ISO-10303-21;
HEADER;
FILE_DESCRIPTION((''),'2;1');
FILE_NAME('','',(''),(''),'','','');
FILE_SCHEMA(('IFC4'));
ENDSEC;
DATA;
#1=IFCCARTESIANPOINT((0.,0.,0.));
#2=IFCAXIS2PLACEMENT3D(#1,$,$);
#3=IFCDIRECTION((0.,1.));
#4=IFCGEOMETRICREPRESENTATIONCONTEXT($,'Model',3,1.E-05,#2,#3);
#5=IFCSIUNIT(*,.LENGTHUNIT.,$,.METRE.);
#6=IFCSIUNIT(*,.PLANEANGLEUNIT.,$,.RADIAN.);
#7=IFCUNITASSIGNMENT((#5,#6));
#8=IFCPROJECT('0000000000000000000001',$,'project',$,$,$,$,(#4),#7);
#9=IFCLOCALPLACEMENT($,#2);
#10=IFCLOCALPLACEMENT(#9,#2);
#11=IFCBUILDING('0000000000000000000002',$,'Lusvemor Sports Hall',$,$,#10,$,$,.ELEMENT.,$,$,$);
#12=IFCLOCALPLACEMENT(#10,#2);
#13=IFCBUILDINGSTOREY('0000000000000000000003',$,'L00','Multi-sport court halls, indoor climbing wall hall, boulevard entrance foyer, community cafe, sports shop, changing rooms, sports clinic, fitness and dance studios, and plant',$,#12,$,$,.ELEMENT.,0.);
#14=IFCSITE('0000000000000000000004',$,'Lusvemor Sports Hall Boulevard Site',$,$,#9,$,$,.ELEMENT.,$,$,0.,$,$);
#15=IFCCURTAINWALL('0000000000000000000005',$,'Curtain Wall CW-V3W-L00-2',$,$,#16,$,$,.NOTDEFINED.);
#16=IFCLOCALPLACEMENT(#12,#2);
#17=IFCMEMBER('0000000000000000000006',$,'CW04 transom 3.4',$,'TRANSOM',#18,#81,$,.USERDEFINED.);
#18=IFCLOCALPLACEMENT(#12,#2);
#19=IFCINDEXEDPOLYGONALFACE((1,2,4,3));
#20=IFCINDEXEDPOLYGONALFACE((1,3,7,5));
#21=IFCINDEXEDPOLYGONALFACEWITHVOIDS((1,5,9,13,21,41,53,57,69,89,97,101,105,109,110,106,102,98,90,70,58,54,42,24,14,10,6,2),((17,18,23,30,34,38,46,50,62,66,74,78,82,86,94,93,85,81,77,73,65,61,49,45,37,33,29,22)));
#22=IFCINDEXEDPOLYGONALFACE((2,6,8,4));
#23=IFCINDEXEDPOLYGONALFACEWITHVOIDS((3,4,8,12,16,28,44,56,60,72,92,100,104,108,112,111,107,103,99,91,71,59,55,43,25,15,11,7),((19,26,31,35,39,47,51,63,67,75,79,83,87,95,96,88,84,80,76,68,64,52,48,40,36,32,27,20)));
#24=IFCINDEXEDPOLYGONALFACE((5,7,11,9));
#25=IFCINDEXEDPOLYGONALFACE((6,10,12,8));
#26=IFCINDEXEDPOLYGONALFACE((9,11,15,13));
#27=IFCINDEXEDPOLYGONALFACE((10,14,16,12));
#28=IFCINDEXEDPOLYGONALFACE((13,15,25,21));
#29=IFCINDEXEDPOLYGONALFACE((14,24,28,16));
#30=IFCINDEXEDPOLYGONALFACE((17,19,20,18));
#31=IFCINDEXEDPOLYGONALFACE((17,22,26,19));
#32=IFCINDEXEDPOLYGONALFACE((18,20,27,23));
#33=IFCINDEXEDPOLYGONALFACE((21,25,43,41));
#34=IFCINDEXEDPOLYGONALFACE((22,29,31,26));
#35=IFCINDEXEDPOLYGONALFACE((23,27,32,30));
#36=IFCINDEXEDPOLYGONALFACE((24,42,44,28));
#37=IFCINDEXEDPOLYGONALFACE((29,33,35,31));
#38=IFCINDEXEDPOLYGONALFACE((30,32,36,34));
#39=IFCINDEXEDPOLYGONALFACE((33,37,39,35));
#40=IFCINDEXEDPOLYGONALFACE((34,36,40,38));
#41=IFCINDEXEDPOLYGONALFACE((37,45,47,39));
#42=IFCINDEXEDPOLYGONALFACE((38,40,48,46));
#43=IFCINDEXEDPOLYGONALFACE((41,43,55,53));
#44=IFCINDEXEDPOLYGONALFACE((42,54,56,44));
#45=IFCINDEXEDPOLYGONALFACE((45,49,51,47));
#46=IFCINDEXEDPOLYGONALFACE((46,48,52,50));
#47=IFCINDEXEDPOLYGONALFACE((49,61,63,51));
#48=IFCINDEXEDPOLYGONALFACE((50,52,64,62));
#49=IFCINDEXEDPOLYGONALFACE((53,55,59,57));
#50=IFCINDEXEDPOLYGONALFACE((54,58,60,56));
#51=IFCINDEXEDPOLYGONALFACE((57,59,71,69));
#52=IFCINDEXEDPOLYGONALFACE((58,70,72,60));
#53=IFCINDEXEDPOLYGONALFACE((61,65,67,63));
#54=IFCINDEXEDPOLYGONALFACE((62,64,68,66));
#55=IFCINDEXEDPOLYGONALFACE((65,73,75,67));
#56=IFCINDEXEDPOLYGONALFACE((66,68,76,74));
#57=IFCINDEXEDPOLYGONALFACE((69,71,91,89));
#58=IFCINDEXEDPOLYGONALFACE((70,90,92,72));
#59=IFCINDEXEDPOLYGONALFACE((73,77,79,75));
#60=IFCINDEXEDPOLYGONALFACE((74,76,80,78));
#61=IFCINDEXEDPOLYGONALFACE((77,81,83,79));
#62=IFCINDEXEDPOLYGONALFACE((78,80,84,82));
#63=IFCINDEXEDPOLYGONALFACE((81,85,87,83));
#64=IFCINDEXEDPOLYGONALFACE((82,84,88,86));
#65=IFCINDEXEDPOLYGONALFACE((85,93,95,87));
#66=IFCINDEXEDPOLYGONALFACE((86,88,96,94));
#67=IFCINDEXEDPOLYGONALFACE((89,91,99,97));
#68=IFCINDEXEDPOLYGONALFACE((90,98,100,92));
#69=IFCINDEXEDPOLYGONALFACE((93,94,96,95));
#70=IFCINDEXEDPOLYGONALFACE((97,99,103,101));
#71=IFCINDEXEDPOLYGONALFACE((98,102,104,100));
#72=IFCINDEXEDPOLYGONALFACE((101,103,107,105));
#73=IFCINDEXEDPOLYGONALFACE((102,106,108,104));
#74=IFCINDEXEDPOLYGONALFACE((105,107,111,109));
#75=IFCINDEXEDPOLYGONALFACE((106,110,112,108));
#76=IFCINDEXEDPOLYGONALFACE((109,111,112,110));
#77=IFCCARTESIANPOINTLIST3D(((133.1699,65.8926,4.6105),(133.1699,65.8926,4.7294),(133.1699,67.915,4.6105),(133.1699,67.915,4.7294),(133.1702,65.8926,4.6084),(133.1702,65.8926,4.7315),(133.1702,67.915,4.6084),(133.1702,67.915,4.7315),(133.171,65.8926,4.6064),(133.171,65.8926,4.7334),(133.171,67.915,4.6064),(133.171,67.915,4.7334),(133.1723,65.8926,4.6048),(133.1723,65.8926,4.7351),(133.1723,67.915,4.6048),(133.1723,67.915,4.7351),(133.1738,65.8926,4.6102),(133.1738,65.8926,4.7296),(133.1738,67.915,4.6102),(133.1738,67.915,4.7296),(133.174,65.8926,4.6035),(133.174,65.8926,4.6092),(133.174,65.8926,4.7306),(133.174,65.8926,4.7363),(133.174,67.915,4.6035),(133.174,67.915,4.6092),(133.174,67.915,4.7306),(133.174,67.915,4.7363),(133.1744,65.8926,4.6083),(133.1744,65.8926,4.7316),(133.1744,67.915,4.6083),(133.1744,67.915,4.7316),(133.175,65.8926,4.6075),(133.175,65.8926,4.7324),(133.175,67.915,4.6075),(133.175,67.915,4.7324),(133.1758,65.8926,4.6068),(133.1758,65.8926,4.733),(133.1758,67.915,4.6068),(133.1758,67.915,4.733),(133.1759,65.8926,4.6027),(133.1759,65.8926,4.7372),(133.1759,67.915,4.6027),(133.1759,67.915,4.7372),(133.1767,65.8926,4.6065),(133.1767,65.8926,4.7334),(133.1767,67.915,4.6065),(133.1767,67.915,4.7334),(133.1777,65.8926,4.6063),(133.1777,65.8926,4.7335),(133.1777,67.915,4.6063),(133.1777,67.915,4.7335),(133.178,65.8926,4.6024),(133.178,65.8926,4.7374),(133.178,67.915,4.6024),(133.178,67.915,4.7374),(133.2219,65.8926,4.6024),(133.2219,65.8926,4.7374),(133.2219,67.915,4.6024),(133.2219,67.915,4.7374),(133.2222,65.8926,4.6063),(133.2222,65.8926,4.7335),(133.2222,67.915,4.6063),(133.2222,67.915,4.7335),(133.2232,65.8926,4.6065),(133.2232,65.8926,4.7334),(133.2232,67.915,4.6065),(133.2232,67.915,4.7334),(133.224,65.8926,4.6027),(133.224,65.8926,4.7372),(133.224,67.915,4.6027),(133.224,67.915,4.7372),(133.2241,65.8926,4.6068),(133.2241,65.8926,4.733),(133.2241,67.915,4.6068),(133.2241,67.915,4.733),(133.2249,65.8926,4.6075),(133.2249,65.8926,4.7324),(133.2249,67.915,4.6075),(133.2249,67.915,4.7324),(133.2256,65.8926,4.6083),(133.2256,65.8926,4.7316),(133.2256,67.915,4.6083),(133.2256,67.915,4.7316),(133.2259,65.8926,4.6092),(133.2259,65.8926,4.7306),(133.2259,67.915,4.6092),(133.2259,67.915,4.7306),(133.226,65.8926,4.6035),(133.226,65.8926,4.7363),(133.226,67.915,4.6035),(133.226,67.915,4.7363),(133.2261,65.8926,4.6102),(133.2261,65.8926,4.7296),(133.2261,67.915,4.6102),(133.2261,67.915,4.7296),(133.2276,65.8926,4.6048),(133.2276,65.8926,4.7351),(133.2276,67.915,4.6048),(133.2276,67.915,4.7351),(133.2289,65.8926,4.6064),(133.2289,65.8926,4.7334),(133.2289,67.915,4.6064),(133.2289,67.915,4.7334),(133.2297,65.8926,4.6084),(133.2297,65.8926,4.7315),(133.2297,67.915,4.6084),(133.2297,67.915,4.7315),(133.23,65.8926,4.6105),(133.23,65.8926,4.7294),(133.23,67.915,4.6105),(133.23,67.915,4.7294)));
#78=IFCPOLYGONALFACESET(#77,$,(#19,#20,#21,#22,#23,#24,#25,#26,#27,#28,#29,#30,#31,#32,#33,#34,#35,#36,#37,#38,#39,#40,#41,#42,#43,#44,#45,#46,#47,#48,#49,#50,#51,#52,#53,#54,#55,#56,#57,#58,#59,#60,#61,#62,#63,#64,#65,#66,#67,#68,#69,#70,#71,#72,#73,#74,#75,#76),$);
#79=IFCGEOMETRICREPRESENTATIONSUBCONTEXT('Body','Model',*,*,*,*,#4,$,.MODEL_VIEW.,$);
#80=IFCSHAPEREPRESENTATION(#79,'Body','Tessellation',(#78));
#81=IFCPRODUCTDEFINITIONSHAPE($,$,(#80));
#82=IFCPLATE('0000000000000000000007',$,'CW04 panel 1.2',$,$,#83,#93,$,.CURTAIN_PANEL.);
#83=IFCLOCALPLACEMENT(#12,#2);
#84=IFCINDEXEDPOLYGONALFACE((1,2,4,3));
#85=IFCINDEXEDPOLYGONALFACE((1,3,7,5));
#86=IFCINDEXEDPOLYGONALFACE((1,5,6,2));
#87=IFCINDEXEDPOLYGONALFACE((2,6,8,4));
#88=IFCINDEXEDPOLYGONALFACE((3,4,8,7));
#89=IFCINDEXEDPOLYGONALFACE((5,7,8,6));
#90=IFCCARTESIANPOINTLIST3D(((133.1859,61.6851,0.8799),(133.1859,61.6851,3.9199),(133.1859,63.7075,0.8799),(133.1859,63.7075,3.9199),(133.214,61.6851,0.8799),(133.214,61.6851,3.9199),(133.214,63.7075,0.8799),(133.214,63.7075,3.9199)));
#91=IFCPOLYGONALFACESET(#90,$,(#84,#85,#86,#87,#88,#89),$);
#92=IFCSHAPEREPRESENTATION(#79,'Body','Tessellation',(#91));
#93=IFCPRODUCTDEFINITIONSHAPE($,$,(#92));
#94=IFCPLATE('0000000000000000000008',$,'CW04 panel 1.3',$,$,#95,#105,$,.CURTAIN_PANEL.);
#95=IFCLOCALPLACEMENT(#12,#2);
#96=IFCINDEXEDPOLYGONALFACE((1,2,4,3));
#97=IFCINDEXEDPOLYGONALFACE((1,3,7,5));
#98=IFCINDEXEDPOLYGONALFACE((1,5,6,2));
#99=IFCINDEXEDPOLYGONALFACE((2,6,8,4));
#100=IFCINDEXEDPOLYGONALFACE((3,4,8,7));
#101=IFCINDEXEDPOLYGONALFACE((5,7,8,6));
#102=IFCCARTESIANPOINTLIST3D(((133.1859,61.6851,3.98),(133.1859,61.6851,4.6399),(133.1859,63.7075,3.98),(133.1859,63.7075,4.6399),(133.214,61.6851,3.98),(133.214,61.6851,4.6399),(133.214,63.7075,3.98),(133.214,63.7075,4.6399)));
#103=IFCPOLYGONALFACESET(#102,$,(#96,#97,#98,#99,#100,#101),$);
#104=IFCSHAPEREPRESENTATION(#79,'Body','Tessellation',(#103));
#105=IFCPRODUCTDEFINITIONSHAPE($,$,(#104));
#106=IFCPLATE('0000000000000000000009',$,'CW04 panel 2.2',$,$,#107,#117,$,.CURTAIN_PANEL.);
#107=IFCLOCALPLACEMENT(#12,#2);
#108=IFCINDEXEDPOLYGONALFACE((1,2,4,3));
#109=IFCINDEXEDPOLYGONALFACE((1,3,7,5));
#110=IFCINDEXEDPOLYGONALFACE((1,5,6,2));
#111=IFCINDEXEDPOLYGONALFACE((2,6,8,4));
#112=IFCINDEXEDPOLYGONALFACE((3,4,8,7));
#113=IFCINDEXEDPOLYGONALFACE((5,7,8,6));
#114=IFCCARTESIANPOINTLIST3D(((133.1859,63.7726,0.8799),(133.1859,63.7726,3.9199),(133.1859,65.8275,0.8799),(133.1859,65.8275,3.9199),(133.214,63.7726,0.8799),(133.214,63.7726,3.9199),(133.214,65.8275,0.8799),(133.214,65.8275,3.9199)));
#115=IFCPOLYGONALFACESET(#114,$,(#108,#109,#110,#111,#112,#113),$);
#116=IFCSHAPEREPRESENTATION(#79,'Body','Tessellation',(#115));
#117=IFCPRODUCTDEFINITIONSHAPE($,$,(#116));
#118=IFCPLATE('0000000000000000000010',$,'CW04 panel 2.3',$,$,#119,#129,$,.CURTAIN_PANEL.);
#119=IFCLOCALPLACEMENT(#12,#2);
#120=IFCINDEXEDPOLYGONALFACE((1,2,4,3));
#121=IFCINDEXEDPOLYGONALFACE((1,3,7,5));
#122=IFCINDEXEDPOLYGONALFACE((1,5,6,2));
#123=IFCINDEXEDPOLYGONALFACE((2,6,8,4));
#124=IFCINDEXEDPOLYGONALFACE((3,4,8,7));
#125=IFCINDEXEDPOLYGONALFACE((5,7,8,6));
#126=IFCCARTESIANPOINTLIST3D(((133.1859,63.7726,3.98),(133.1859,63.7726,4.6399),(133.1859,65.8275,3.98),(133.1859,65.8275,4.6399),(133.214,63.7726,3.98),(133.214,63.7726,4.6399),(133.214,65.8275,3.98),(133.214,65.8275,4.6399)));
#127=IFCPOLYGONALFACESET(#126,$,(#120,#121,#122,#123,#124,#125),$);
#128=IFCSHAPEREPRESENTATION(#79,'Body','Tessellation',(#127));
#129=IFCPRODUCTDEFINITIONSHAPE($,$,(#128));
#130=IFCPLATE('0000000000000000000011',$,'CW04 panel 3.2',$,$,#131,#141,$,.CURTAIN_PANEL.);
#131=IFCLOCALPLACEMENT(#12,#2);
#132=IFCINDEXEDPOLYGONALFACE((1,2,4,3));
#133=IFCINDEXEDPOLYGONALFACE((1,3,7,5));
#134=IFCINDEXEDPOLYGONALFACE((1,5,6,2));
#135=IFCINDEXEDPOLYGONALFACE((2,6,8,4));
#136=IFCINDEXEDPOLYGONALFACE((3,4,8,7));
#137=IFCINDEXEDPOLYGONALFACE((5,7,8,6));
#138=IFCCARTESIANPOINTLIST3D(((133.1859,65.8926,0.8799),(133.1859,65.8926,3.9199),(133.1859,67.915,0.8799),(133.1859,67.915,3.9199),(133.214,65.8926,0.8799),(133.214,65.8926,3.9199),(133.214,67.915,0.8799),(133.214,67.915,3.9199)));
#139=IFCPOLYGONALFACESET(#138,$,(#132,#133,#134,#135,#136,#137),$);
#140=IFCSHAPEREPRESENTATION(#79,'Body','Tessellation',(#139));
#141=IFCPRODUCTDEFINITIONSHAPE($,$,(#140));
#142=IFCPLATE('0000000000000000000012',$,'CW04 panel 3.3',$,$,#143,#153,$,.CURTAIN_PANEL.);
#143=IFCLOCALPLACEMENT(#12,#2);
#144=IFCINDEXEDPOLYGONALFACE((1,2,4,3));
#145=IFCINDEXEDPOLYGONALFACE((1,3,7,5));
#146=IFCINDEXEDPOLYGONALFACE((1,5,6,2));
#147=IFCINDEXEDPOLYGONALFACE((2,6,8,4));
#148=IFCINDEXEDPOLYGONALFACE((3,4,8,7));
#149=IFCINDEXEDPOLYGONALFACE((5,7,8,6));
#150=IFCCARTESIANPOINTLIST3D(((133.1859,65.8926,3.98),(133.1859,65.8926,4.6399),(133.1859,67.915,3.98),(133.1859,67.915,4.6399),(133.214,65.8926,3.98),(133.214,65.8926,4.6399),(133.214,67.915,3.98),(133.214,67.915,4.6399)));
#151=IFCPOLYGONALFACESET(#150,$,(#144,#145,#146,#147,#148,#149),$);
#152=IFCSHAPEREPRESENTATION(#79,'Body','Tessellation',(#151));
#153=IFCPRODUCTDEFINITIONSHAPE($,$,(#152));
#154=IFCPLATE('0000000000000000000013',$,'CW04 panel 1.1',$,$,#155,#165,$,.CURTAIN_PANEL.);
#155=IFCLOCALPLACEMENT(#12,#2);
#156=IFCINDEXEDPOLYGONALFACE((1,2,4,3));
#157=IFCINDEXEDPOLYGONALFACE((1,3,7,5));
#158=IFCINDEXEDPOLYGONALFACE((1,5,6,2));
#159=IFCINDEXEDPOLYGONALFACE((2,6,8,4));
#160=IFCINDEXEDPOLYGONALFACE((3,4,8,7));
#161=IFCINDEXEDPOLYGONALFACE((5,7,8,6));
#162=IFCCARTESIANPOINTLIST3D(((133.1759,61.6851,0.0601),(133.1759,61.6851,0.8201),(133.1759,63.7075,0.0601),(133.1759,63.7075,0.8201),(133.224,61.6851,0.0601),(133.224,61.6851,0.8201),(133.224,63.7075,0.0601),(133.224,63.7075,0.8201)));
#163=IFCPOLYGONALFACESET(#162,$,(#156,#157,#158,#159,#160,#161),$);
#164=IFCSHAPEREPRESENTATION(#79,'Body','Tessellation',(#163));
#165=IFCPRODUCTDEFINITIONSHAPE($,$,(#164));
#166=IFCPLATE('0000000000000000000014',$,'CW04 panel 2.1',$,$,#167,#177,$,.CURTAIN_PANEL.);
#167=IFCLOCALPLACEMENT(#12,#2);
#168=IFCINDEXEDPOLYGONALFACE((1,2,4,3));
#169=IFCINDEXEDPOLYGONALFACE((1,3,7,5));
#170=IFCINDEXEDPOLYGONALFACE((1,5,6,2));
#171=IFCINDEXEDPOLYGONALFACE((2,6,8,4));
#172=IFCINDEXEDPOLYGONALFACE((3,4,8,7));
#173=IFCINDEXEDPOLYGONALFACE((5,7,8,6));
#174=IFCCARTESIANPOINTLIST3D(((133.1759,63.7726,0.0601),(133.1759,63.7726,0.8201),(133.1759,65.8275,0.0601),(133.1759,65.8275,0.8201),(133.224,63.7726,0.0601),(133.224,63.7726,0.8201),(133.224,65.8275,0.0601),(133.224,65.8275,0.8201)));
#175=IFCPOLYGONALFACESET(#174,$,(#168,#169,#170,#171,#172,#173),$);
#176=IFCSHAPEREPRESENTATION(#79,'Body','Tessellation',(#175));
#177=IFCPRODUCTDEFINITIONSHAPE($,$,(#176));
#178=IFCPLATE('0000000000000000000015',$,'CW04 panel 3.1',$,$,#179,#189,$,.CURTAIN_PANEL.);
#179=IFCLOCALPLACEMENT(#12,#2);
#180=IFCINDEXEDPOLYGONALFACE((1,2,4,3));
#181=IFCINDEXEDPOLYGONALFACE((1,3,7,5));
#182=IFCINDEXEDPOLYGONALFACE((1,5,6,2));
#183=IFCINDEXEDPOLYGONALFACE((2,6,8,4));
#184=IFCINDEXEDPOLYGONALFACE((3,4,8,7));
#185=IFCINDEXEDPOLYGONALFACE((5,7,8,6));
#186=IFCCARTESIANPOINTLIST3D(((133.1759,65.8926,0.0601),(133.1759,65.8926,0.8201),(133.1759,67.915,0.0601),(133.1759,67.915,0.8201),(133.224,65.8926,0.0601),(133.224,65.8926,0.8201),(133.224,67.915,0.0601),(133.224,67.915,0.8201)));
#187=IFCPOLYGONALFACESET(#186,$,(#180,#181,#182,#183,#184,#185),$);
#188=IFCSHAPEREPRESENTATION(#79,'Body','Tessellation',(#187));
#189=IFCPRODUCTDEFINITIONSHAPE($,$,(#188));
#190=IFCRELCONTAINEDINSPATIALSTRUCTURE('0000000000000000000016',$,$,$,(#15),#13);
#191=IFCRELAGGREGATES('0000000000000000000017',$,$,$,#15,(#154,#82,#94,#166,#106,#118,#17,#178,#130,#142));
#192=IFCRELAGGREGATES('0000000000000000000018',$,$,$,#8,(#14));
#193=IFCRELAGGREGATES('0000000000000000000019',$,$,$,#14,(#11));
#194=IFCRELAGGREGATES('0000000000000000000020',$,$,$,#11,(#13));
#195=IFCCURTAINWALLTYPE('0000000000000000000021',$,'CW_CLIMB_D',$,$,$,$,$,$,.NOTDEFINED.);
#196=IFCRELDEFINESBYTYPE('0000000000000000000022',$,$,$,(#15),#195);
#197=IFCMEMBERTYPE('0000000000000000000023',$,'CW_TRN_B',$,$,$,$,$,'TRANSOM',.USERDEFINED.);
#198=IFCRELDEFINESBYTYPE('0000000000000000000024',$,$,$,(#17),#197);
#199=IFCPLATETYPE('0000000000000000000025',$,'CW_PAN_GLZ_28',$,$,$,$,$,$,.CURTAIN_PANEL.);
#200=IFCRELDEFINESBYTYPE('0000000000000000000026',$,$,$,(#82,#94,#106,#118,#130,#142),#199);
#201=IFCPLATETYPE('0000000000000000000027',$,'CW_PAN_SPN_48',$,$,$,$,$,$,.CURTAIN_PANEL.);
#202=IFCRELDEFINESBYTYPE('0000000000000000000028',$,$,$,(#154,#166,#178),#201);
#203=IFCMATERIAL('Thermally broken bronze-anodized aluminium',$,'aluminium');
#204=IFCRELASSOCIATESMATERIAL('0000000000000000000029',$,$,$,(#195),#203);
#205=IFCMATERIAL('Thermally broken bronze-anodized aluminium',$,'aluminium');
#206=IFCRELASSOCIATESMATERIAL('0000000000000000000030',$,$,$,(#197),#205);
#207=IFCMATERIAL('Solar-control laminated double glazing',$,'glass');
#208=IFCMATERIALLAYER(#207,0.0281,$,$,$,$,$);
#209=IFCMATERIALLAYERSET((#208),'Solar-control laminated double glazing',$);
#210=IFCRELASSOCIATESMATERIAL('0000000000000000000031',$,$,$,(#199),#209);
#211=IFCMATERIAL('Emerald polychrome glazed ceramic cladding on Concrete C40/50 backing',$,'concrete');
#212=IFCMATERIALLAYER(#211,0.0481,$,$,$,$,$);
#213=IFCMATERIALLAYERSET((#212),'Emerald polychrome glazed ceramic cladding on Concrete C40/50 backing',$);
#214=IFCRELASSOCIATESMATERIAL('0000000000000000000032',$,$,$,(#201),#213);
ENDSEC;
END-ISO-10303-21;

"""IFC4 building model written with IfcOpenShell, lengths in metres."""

from ifc_helpers import new_model, si_unit, direction, frame, origin, origin_2d, place, context, subcontext, project, spatial, rectangle, hollow_rectangle, extrude, material, layer, layer_set, material_profile, profile_set, type_object, element, aggregate, save


model = new_model("IFC4")

# Units and contexts
model_context = context("Model", 3, precision=1e-05, world=origin(), true_north=direction((0.0, 1.0)))
body_context = subcontext(model_context, "Body", "Model", "MODEL_VIEW")
ifc_project = project(units=[si_unit("LENGTHUNIT", "METRE"), si_unit("PLANEANGLEUNIT", "RADIAN")], contexts=[model_context])

# Site, building, storey
site_placement = place(None, origin())
site = spatial("IfcSite", under=ifc_project, at=site_placement, Name="Lusvemor Sports Hall Boulevard Site", CompositionType="ELEMENT", RefElevation=0.0)
building_placement = place(site_placement, origin())
building = spatial("IfcBuilding", under=site, at=building_placement, Name="Lusvemor Sports Hall", CompositionType="ELEMENT")
storey_placement = place(building_placement, origin())
storey = spatial("IfcBuildingStorey", under=building, at=storey_placement, Name="L00", Description="Multi-sport court halls, indoor climbing wall hall, boulevard entrance foyer, community cafe, sports shop, changing rooms, sports clinic, fitness and dance studios, and plant", CompositionType="ELEMENT", Elevation=0.0)

# Curtain wall, member, plates
ifc_material_1 = material(Name="Thermally broken bronze-anodized aluminium", Category="aluminium")
curtain_wall_type = type_object("IfcCurtainWallType", Name="CW_CLIMB_D", PredefinedType="NOTDEFINED", material=ifc_material_1)
curtain_wall_placement = place(storey_placement, origin())
curtain_wall = element("IfcCurtainWall", 1, at=curtain_wall_placement, inside=storey, type_object=curtain_wall_type, Name="Curtain Wall CW-V3W-L00-2", PredefinedType="NOTDEFINED")
ifc_material_2 = material(Name="Thermally broken bronze-anodized aluminium", Category="aluminium")
ifc_material_profile_1 = material_profile(ifc_material_2, hollow_rectangle(XDim=0.0601, YDim=0.135, WallThickness=0.0039, InnerFilletRadius=0.0039, OuterFilletRadius=0.0081, at=origin_2d()), Name="CWTRN135x60x4")
ifc_profile_set_1 = profile_set([ifc_material_profile_1], Name="Thermally broken bronze-anodized aluminium")
member_type_1 = type_object("IfcMemberType", Name="CW_TRN_B", ElementType="TRANSOM", PredefinedType="USERDEFINED", material=ifc_profile_set_1)
member_1_placement = place(storey_placement, frame((133.2, 65.8926, 4.6699), z_axis=(0.0, 1.0, 0.0), x_axis=(-1.0, 0.0, 0.0)))
member_1 = element("IfcMember", 2, at=member_1_placement, type_object=member_type_1, Name="CW04 transom 3.4", ObjectType="TRANSOM", PredefinedType="USERDEFINED", context=body_context, shape_type="SweptSolid", body=[
    extrude(hollow_rectangle(XDim=0.0601, YDim=0.135, WallThickness=0.0039, InnerFilletRadius=0.0039, OuterFilletRadius=0.0081, at=origin_2d()), origin(), (0.0, 0.0, 1.0), 2.0225),
])
ifc_material_3 = material(Name="Solar-control laminated double glazing", Category="glass")
ifc_layer_1 = layer(ifc_material_3, 0.0281)
ifc_layer_set_1 = layer_set([ifc_layer_1], Name="Solar-control laminated double glazing")
plate_type_1 = type_object("IfcPlateType", Name="CW_PAN_GLZ_28", PredefinedType="CURTAIN_PANEL", material=ifc_layer_set_1)
plate_1_placement = place(storey_placement, frame((133.2, 62.6963, 0.8799), z_axis=(0.0, 0.0, 1.0), x_axis=(0.0, 1.0, 0.0)))
plate_1 = element("IfcPlate", 3, at=plate_1_placement, type_object=plate_type_1, Name="CW04 panel 1.2", PredefinedType="CURTAIN_PANEL", context=body_context, shape_type="SweptSolid", body=[
    extrude(rectangle(XDim=2.0225, YDim=0.0281, at=origin_2d()), origin(), (0.0, 0.0, 1.0), 3.04),
])
plate_2_placement = place(storey_placement, frame((133.2, 62.6963, 3.98), z_axis=(0.0, 0.0, 1.0), x_axis=(0.0, 1.0, 0.0)))
plate_2 = element("IfcPlate", 4, at=plate_2_placement, type_object=plate_type_1, Name="CW04 panel 1.3", PredefinedType="CURTAIN_PANEL", context=body_context, shape_type="SweptSolid", body=[
    extrude(rectangle(XDim=2.0225, YDim=0.0281, at=origin_2d()), origin(), (0.0, 0.0, 1.0), 0.6599),
])
plate_3_placement = place(storey_placement, frame((133.2, 64.8, 0.8799), z_axis=(0.0, 0.0, 1.0), x_axis=(0.0, 1.0, 0.0)))
plate_3 = element("IfcPlate", 5, at=plate_3_placement, type_object=plate_type_1, Name="CW04 panel 2.2", PredefinedType="CURTAIN_PANEL", context=body_context, shape_type="SweptSolid", body=[
    extrude(rectangle(XDim=2.0549, YDim=0.0281, at=origin_2d()), origin(), (0.0, 0.0, 1.0), 3.04),
])
plate_4_placement = place(storey_placement, frame((133.2, 64.8, 3.98), z_axis=(0.0, 0.0, 1.0), x_axis=(0.0, 1.0, 0.0)))
plate_4 = element("IfcPlate", 6, at=plate_4_placement, type_object=plate_type_1, Name="CW04 panel 2.3", PredefinedType="CURTAIN_PANEL", context=body_context, shape_type="SweptSolid", body=[
    extrude(rectangle(XDim=2.0549, YDim=0.0281, at=origin_2d()), origin(), (0.0, 0.0, 1.0), 0.6599),
])
plate_5_placement = place(storey_placement, frame((133.2, 66.9038, 0.8799), z_axis=(0.0, 0.0, 1.0), x_axis=(0.0, 1.0, 0.0)))
plate_5 = element("IfcPlate", 7, at=plate_5_placement, type_object=plate_type_1, Name="CW04 panel 3.2", PredefinedType="CURTAIN_PANEL", context=body_context, shape_type="SweptSolid", body=[
    extrude(rectangle(XDim=2.0225, YDim=0.0281, at=origin_2d()), origin(), (0.0, 0.0, 1.0), 3.04),
])
plate_6_placement = place(storey_placement, frame((133.2, 66.9038, 3.98), z_axis=(0.0, 0.0, 1.0), x_axis=(0.0, 1.0, 0.0)))
plate_6 = element("IfcPlate", 8, at=plate_6_placement, type_object=plate_type_1, Name="CW04 panel 3.3", PredefinedType="CURTAIN_PANEL", context=body_context, shape_type="SweptSolid", body=[
    extrude(rectangle(XDim=2.0225, YDim=0.0281, at=origin_2d()), origin(), (0.0, 0.0, 1.0), 0.6599),
])
ifc_material_4 = material(Name="Emerald polychrome glazed ceramic cladding on Concrete C40/50 backing", Category="concrete")
ifc_layer_2 = layer(ifc_material_4, 0.0481)
ifc_layer_set_2 = layer_set([ifc_layer_2], Name="Emerald polychrome glazed ceramic cladding on Concrete C40/50 backing")
plate_type_2 = type_object("IfcPlateType", Name="CW_PAN_SPN_48", PredefinedType="CURTAIN_PANEL", material=ifc_layer_set_2)
plate_7_placement = place(storey_placement, frame((133.2, 62.6963, 0.0601), z_axis=(0.0, 0.0, 1.0), x_axis=(0.0, 1.0, 0.0)))
plate_7 = element("IfcPlate", 9, at=plate_7_placement, type_object=plate_type_2, Name="CW04 panel 1.1", PredefinedType="CURTAIN_PANEL", context=body_context, shape_type="SweptSolid", body=[
    extrude(rectangle(XDim=2.0225, YDim=0.0481, at=origin_2d()), origin(), (0.0, 0.0, 1.0), 0.76),
])
plate_8_placement = place(storey_placement, frame((133.2, 64.8, 0.0601), z_axis=(0.0, 0.0, 1.0), x_axis=(0.0, 1.0, 0.0)))
plate_8 = element("IfcPlate", 10, at=plate_8_placement, type_object=plate_type_2, Name="CW04 panel 2.1", PredefinedType="CURTAIN_PANEL", context=body_context, shape_type="SweptSolid", body=[
    extrude(rectangle(XDim=2.0549, YDim=0.0481, at=origin_2d()), origin(), (0.0, 0.0, 1.0), 0.76),
])
plate_9_placement = place(storey_placement, frame((133.2, 66.9038, 0.0601), z_axis=(0.0, 0.0, 1.0), x_axis=(0.0, 1.0, 0.0)))
plate_9 = element("IfcPlate", 11, at=plate_9_placement, type_object=plate_type_2, Name="CW04 panel 3.1", PredefinedType="CURTAIN_PANEL", context=body_context, shape_type="SweptSolid", body=[
    extrude(rectangle(XDim=2.0225, YDim=0.0481, at=origin_2d()), origin(), (0.0, 0.0, 1.0), 0.76),
])
aggregate(curtain_wall, [plate_7, plate_1, plate_2, plate_8, plate_3, plate_4, member_1, plate_9, plate_5, plate_6])

save(model, "model.ifc")
